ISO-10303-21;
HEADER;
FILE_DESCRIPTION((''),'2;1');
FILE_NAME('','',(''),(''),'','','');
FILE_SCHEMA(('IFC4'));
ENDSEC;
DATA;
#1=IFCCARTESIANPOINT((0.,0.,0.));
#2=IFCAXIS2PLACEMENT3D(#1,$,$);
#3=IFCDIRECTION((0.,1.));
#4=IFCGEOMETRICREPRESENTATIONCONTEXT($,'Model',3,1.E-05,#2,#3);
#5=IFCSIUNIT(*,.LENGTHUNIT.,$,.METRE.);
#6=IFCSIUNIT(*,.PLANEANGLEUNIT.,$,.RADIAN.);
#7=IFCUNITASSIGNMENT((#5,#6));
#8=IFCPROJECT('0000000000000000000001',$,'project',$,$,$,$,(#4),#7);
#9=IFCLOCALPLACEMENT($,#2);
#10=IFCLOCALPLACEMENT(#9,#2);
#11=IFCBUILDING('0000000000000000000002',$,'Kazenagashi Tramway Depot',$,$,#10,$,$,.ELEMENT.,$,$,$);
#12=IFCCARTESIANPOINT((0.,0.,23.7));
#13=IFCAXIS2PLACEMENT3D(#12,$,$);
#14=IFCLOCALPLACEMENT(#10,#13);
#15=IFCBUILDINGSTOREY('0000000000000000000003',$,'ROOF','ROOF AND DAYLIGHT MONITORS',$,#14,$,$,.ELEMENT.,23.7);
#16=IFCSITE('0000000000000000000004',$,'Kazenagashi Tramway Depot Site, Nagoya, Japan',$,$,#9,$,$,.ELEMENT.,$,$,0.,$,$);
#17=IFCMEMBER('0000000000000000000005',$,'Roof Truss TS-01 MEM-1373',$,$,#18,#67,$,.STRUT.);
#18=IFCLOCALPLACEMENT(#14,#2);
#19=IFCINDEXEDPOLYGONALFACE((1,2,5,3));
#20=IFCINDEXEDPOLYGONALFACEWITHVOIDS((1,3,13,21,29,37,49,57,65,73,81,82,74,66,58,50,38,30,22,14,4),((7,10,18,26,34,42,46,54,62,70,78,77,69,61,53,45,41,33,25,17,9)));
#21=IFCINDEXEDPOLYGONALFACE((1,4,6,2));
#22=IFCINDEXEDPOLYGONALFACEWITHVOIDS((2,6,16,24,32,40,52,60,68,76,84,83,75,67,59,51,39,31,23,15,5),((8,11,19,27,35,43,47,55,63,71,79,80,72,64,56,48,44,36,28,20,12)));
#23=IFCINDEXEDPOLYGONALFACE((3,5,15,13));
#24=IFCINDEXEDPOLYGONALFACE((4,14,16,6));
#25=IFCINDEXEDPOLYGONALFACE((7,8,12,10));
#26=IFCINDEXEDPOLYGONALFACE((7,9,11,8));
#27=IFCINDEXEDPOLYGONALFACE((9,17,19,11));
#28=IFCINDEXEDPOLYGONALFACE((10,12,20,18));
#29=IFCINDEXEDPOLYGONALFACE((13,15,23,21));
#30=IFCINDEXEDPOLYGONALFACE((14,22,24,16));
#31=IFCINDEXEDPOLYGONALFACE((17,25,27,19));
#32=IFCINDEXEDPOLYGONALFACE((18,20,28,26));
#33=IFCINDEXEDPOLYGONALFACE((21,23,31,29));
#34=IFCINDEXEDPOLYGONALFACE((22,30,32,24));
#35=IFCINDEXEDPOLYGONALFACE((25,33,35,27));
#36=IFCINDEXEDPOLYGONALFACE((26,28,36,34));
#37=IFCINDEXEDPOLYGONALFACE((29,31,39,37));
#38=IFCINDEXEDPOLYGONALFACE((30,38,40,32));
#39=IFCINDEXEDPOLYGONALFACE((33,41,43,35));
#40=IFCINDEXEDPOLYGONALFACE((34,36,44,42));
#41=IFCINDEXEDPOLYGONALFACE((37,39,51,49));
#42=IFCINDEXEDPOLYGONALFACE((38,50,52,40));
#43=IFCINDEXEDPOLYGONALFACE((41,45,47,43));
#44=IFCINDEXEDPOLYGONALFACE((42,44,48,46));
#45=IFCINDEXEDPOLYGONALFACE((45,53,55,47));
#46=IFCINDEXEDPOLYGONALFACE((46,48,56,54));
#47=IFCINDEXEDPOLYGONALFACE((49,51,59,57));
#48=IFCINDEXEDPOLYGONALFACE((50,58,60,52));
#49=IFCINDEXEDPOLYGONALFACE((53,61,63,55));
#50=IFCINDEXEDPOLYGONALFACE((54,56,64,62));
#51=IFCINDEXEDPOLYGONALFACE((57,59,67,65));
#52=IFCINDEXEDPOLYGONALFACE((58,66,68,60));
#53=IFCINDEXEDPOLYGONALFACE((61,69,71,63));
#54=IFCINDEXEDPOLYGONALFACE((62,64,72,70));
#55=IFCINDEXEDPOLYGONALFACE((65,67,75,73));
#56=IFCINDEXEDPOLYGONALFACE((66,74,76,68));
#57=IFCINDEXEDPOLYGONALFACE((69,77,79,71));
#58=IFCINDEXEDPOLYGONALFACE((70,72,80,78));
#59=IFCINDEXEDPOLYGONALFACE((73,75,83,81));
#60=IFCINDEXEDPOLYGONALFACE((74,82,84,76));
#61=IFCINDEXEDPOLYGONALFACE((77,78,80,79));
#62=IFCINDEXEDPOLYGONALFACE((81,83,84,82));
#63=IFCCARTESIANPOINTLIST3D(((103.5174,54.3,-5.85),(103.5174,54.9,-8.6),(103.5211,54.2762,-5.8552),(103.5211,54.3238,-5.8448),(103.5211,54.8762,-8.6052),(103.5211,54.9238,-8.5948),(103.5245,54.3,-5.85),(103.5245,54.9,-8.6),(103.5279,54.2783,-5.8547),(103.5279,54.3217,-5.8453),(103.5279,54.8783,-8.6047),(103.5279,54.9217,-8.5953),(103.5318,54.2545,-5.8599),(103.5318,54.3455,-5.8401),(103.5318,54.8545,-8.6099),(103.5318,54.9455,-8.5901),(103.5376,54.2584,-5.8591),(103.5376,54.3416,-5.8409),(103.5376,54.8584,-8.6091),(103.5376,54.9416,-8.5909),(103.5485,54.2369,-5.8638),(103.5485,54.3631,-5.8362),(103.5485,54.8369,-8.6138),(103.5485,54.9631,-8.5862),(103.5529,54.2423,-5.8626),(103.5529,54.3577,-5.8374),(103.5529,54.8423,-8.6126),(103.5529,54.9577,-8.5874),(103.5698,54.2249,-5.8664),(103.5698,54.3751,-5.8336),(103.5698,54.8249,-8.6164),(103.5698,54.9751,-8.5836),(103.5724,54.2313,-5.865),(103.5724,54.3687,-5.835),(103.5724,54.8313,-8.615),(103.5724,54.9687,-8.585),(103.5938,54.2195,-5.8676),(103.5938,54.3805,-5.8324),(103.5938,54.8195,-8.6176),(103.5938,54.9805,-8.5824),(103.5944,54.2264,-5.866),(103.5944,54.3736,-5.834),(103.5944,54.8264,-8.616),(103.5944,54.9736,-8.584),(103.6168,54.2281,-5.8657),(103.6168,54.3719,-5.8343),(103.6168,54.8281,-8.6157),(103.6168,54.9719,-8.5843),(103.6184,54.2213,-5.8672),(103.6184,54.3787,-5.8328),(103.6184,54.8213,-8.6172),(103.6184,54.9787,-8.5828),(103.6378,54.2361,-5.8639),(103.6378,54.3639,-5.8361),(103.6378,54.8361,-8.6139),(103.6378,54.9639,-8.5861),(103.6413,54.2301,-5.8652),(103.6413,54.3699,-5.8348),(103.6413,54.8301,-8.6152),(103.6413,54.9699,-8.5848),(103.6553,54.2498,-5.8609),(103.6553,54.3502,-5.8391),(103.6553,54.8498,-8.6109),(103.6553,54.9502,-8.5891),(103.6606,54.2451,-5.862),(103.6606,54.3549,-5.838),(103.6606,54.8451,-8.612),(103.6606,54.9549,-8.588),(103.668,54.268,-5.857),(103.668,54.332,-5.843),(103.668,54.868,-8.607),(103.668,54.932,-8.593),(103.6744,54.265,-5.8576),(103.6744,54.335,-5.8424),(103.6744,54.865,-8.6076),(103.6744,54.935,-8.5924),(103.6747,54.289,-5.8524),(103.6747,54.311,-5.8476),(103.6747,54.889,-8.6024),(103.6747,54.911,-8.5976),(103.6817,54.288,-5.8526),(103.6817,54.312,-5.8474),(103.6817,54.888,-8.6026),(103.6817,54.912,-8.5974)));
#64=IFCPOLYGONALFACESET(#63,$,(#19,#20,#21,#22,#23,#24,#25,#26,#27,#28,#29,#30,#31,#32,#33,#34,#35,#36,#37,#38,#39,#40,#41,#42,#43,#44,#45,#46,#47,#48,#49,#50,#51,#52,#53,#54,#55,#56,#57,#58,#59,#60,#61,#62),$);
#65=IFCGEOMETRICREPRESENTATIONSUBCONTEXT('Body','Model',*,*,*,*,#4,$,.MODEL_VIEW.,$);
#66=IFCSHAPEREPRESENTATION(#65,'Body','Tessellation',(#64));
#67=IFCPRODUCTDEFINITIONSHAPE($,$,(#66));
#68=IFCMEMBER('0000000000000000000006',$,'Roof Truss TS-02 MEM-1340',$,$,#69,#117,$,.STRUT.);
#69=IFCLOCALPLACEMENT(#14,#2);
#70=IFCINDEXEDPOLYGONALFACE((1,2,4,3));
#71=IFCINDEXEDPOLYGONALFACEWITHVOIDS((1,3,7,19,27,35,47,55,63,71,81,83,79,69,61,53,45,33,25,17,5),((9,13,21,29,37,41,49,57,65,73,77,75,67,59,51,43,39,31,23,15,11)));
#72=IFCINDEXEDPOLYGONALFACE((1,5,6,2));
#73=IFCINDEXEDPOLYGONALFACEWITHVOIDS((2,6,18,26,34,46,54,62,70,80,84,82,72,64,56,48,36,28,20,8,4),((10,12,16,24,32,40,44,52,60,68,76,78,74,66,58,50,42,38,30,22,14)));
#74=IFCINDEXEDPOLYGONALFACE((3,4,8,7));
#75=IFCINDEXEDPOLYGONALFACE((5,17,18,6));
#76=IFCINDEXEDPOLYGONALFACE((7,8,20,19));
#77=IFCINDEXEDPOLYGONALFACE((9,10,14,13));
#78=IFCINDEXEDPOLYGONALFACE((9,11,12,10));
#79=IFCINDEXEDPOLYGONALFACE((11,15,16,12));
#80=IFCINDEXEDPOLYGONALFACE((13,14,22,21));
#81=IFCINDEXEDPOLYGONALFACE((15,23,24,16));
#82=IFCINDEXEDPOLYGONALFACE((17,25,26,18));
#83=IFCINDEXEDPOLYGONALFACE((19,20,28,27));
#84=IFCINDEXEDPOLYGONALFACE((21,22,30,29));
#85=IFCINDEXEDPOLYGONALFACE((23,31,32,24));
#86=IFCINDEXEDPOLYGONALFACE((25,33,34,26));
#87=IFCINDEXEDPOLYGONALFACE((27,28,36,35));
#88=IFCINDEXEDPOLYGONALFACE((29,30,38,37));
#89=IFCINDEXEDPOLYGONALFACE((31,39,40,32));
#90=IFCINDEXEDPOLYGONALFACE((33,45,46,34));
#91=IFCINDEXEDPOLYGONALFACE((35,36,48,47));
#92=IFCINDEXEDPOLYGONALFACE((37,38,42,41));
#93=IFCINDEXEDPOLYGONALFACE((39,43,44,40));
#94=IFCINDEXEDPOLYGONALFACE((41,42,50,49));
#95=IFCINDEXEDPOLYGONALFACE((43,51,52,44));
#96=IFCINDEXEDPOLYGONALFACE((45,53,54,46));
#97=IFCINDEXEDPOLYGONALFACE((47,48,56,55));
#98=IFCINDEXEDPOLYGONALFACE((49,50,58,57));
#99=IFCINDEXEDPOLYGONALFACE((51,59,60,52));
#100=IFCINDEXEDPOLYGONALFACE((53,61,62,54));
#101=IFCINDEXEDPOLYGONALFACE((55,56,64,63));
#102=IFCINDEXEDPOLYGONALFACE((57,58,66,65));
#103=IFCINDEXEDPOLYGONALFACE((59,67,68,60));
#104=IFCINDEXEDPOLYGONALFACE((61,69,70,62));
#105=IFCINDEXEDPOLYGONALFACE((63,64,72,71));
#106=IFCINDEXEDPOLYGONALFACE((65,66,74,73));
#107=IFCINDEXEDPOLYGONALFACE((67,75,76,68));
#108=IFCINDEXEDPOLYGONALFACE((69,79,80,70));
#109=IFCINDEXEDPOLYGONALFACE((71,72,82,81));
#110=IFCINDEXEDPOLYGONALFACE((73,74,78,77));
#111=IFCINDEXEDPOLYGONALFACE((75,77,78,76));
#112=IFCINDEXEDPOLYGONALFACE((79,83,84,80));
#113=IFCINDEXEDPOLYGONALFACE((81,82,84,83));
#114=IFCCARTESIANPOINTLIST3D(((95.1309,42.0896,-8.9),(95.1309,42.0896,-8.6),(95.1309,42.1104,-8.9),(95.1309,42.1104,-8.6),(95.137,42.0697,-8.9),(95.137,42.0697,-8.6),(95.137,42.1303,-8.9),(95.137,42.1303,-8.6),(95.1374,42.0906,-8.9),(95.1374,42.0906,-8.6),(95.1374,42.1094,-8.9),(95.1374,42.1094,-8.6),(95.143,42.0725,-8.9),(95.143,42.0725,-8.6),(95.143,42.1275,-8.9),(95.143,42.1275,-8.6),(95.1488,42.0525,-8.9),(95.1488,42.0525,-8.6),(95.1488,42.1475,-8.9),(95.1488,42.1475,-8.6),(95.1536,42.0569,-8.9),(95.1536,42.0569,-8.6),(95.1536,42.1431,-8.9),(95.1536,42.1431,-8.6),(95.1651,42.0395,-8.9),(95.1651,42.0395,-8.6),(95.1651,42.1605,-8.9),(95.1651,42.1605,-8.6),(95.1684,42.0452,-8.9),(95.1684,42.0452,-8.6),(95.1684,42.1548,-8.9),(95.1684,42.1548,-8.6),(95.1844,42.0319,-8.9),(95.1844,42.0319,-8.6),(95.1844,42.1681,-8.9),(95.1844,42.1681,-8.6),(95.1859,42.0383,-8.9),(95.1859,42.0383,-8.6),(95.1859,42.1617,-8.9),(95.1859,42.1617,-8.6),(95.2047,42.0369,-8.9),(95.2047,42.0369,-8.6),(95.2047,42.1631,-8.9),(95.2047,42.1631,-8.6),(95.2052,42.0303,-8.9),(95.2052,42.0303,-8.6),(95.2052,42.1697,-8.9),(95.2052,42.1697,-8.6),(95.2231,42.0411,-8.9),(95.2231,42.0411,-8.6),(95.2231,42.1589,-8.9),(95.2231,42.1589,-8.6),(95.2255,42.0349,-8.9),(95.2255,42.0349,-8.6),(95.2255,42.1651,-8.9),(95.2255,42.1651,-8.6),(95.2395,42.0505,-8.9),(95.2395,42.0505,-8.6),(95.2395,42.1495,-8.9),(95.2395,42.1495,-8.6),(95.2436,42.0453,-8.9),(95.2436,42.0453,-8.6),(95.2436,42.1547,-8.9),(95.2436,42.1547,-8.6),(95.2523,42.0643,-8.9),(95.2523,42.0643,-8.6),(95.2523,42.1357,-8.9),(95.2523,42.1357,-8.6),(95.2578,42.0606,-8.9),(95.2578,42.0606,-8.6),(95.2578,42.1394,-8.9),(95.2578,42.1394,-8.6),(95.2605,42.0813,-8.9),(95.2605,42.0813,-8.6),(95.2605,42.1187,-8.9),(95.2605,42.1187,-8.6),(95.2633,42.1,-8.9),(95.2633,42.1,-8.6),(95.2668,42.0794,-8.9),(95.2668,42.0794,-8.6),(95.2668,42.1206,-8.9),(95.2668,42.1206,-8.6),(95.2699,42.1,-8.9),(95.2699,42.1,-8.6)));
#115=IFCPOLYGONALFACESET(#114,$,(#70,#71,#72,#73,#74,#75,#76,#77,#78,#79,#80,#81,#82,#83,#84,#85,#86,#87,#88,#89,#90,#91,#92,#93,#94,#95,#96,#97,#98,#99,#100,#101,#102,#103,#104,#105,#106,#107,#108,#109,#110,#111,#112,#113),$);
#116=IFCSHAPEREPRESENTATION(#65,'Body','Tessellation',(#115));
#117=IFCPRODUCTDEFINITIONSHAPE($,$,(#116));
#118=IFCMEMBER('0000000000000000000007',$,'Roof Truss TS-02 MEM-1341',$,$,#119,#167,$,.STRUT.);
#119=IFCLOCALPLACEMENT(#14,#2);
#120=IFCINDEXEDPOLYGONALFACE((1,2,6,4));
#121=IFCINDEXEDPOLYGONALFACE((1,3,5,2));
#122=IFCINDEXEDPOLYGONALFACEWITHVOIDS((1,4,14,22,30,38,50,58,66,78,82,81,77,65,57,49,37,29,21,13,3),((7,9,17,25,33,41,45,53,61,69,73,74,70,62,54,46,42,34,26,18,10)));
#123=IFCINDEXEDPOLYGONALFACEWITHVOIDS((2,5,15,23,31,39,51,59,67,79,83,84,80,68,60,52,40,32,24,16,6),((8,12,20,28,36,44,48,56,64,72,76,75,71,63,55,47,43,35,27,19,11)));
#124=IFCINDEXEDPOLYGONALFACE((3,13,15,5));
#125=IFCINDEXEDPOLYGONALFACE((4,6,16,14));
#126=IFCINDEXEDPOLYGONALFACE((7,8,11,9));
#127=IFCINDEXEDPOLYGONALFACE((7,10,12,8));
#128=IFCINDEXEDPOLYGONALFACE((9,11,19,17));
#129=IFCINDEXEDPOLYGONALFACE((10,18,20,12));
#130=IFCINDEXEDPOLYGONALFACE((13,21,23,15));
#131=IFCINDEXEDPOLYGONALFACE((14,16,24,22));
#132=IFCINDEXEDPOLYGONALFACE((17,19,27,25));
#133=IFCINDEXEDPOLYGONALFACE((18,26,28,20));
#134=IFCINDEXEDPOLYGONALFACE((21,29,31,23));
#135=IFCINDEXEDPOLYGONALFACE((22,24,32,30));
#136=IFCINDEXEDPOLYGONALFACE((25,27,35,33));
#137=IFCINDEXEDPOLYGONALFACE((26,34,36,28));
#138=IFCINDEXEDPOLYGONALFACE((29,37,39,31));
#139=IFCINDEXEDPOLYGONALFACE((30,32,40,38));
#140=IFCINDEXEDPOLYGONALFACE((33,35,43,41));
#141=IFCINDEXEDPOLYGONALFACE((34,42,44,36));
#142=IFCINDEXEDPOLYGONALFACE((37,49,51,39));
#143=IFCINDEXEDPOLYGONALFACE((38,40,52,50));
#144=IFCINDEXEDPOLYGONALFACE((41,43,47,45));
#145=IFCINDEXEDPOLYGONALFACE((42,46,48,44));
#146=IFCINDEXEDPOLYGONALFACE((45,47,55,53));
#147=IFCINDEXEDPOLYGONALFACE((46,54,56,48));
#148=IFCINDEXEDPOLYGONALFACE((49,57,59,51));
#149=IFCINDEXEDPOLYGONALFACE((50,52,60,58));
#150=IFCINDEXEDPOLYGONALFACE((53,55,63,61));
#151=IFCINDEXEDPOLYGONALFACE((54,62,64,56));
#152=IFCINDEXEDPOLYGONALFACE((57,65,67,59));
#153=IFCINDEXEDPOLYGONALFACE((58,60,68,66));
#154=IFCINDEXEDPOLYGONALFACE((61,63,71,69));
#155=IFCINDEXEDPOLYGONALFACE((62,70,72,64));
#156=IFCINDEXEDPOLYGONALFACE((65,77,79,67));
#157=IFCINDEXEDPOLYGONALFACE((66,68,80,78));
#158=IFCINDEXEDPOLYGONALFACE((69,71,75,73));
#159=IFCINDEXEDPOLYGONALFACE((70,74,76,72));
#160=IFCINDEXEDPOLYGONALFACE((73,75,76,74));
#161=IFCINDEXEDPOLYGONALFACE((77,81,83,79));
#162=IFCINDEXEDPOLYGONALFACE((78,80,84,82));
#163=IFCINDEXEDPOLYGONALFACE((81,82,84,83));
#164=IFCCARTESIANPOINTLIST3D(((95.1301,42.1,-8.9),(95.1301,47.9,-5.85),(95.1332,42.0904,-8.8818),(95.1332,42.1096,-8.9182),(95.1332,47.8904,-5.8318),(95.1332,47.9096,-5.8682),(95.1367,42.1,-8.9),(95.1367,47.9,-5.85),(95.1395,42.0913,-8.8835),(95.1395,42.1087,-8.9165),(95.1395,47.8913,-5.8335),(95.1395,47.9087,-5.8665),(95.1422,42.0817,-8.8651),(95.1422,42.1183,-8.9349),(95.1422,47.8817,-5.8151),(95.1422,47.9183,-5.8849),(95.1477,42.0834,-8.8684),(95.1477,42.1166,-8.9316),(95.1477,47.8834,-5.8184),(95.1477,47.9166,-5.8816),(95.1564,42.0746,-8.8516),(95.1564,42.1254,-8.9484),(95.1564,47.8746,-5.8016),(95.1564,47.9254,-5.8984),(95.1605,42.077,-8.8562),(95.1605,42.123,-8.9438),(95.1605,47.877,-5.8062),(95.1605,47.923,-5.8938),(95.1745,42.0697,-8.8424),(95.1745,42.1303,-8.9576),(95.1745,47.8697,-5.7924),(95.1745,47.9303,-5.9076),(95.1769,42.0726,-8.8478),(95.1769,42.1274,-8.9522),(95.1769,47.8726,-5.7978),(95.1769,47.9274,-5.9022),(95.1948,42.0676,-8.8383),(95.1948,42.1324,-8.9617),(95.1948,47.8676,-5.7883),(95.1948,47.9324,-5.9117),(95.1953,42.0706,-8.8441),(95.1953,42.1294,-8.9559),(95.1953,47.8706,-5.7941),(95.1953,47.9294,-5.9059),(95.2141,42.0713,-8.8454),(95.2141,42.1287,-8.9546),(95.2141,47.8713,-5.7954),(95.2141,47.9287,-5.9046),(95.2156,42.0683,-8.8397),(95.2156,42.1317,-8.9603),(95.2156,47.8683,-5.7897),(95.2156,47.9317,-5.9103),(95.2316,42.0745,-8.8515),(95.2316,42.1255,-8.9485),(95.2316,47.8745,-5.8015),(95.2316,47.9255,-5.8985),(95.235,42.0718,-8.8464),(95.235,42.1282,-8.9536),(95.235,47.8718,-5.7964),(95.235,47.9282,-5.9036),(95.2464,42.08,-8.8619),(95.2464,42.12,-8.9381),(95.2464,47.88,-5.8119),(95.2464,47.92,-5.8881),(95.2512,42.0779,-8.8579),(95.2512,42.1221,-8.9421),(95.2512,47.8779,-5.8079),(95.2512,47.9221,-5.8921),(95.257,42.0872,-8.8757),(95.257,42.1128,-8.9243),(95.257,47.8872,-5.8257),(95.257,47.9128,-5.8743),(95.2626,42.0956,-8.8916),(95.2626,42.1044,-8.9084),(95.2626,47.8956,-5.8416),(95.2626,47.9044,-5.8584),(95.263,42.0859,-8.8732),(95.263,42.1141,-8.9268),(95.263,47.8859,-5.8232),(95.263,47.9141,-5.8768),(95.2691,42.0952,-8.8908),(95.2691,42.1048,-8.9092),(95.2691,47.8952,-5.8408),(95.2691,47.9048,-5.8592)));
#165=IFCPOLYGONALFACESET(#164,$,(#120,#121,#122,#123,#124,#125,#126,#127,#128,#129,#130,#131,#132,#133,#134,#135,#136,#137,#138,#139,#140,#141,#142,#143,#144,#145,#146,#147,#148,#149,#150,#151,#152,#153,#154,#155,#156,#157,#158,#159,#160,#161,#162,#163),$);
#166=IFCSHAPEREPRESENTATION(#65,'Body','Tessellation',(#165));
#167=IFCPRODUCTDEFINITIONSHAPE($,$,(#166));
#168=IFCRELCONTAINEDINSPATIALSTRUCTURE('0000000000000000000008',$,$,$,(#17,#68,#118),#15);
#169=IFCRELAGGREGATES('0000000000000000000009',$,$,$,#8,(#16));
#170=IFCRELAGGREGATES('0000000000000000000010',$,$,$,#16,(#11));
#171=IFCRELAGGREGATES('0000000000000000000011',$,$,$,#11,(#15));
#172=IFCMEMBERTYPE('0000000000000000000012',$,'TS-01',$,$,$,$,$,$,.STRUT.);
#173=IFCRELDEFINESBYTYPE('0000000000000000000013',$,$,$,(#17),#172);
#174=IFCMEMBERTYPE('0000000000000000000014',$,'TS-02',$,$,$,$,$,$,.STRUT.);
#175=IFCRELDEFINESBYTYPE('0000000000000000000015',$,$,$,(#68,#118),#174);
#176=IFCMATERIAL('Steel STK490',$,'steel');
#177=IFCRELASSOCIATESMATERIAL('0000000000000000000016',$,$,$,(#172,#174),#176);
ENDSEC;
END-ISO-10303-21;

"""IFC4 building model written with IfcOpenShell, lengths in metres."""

from ifc_helpers import new_model, si_unit, direction, frame, origin, origin_2d, place, context, subcontext, project, spatial, hollow_circle, extrude, material, material_profile, profile_set, type_object, element, save


model = new_model("IFC4")

# Units and contexts
model_context = context("Model", 3, precision=1e-05, world=origin(), true_north=direction((0.0, 1.0)))
body_context = subcontext(model_context, "Body", "Model", "MODEL_VIEW")
ifc_project = project(units=[si_unit("LENGTHUNIT", "METRE"), si_unit("PLANEANGLEUNIT", "RADIAN")], contexts=[model_context])

# Site, building, storey
site_placement = place(None, origin())
site = spatial("IfcSite", under=ifc_project, at=site_placement, Name="Kazenagashi Tramway Depot Site, Nagoya, Japan", CompositionType="ELEMENT", RefElevation=0.0)
building_placement = place(site_placement, origin())
building = spatial("IfcBuilding", under=site, at=building_placement, Name="Kazenagashi Tramway Depot", CompositionType="ELEMENT")
storey_placement = place(building_placement, frame((0.0, 0.0, 23.7)))
storey = spatial("IfcBuildingStorey", under=building, at=storey_placement, Name="ROOF", Description="ROOF AND DAYLIGHT MONITORS", CompositionType="ELEMENT", Elevation=23.7)

# Members
ifc_material_1 = material(Name="Steel STK490", Category="steel")
ifc_material_profile_1 = material_profile(ifc_material_1, hollow_circle(Radius=0.0826, WallThickness=0.0071, at=origin_2d()), Name="CHS-165.2x7.1")
ifc_profile_set_1 = profile_set([ifc_material_profile_1], Name="Steel STK490")
member_type_1 = type_object("IfcMemberType", Name="TS-01", PredefinedType="STRUT", material=ifc_profile_set_1)
for number, where, z_axis, x_axis, name in (
    (1, (103.6, 54.3, -5.85), (0.0, 0.213167, -0.977016), (-1.0, 0.0, 0.0), "Roof Truss TS-01 MEM-1373"),
):
    element("IfcMember", number, at=place(storey_placement, frame(where, z_axis=z_axis, x_axis=x_axis)), inside=storey, type_object=member_type_1, Name=name, PredefinedType="STRUT", context=body_context, shape_type="SweptSolid", body=[
        extrude(hollow_circle(Radius=0.0826, WallThickness=0.0071, at=origin_2d()), origin(), (0.0, 0.0, 1.0), 2.8147),
    ])
ifc_material_profile_2 = material_profile(ifc_material_1, hollow_circle(Radius=0.0699, WallThickness=0.0066, at=origin_2d()), Name="CHS-139.8x6.6")
ifc_profile_set_2 = profile_set([ifc_material_profile_2], Name="Steel STK490")
member_type_2 = type_object("IfcMemberType", Name="TS-02", PredefinedType="STRUT", material=ifc_profile_set_2)
member_1_placement = place(storey_placement, frame((95.2, 42.1, -8.9), z_axis=(0.0, 0.0, 1.0), x_axis=(1.0, 0.0, 0.0)))
element("IfcMember", 2, at=member_1_placement, inside=storey, type_object=member_type_2, Name="Roof Truss TS-02 MEM-1340", PredefinedType="STRUT", context=body_context, shape_type="SweptSolid", body=[
    extrude(hollow_circle(Radius=0.0699, WallThickness=0.0066, at=origin_2d()), origin(), (0.0, 0.0, 1.0), 0.3),
])
member_2_placement = place(storey_placement, frame((95.2, 42.1, -8.9), z_axis=(0.0, 0.885084, 0.465432), x_axis=(-1.0, 0.0, 0.0)))
element("IfcMember", 3, at=member_2_placement, inside=storey, type_object=member_type_2, Name="Roof Truss TS-02 MEM-1341", PredefinedType="STRUT", context=body_context, shape_type="SweptSolid", body=[
    extrude(hollow_circle(Radius=0.0699, WallThickness=0.0066, at=origin_2d()), origin(), (0.0, 0.0, 1.0), 6.5531),
])

save(model, "model.ifc")
